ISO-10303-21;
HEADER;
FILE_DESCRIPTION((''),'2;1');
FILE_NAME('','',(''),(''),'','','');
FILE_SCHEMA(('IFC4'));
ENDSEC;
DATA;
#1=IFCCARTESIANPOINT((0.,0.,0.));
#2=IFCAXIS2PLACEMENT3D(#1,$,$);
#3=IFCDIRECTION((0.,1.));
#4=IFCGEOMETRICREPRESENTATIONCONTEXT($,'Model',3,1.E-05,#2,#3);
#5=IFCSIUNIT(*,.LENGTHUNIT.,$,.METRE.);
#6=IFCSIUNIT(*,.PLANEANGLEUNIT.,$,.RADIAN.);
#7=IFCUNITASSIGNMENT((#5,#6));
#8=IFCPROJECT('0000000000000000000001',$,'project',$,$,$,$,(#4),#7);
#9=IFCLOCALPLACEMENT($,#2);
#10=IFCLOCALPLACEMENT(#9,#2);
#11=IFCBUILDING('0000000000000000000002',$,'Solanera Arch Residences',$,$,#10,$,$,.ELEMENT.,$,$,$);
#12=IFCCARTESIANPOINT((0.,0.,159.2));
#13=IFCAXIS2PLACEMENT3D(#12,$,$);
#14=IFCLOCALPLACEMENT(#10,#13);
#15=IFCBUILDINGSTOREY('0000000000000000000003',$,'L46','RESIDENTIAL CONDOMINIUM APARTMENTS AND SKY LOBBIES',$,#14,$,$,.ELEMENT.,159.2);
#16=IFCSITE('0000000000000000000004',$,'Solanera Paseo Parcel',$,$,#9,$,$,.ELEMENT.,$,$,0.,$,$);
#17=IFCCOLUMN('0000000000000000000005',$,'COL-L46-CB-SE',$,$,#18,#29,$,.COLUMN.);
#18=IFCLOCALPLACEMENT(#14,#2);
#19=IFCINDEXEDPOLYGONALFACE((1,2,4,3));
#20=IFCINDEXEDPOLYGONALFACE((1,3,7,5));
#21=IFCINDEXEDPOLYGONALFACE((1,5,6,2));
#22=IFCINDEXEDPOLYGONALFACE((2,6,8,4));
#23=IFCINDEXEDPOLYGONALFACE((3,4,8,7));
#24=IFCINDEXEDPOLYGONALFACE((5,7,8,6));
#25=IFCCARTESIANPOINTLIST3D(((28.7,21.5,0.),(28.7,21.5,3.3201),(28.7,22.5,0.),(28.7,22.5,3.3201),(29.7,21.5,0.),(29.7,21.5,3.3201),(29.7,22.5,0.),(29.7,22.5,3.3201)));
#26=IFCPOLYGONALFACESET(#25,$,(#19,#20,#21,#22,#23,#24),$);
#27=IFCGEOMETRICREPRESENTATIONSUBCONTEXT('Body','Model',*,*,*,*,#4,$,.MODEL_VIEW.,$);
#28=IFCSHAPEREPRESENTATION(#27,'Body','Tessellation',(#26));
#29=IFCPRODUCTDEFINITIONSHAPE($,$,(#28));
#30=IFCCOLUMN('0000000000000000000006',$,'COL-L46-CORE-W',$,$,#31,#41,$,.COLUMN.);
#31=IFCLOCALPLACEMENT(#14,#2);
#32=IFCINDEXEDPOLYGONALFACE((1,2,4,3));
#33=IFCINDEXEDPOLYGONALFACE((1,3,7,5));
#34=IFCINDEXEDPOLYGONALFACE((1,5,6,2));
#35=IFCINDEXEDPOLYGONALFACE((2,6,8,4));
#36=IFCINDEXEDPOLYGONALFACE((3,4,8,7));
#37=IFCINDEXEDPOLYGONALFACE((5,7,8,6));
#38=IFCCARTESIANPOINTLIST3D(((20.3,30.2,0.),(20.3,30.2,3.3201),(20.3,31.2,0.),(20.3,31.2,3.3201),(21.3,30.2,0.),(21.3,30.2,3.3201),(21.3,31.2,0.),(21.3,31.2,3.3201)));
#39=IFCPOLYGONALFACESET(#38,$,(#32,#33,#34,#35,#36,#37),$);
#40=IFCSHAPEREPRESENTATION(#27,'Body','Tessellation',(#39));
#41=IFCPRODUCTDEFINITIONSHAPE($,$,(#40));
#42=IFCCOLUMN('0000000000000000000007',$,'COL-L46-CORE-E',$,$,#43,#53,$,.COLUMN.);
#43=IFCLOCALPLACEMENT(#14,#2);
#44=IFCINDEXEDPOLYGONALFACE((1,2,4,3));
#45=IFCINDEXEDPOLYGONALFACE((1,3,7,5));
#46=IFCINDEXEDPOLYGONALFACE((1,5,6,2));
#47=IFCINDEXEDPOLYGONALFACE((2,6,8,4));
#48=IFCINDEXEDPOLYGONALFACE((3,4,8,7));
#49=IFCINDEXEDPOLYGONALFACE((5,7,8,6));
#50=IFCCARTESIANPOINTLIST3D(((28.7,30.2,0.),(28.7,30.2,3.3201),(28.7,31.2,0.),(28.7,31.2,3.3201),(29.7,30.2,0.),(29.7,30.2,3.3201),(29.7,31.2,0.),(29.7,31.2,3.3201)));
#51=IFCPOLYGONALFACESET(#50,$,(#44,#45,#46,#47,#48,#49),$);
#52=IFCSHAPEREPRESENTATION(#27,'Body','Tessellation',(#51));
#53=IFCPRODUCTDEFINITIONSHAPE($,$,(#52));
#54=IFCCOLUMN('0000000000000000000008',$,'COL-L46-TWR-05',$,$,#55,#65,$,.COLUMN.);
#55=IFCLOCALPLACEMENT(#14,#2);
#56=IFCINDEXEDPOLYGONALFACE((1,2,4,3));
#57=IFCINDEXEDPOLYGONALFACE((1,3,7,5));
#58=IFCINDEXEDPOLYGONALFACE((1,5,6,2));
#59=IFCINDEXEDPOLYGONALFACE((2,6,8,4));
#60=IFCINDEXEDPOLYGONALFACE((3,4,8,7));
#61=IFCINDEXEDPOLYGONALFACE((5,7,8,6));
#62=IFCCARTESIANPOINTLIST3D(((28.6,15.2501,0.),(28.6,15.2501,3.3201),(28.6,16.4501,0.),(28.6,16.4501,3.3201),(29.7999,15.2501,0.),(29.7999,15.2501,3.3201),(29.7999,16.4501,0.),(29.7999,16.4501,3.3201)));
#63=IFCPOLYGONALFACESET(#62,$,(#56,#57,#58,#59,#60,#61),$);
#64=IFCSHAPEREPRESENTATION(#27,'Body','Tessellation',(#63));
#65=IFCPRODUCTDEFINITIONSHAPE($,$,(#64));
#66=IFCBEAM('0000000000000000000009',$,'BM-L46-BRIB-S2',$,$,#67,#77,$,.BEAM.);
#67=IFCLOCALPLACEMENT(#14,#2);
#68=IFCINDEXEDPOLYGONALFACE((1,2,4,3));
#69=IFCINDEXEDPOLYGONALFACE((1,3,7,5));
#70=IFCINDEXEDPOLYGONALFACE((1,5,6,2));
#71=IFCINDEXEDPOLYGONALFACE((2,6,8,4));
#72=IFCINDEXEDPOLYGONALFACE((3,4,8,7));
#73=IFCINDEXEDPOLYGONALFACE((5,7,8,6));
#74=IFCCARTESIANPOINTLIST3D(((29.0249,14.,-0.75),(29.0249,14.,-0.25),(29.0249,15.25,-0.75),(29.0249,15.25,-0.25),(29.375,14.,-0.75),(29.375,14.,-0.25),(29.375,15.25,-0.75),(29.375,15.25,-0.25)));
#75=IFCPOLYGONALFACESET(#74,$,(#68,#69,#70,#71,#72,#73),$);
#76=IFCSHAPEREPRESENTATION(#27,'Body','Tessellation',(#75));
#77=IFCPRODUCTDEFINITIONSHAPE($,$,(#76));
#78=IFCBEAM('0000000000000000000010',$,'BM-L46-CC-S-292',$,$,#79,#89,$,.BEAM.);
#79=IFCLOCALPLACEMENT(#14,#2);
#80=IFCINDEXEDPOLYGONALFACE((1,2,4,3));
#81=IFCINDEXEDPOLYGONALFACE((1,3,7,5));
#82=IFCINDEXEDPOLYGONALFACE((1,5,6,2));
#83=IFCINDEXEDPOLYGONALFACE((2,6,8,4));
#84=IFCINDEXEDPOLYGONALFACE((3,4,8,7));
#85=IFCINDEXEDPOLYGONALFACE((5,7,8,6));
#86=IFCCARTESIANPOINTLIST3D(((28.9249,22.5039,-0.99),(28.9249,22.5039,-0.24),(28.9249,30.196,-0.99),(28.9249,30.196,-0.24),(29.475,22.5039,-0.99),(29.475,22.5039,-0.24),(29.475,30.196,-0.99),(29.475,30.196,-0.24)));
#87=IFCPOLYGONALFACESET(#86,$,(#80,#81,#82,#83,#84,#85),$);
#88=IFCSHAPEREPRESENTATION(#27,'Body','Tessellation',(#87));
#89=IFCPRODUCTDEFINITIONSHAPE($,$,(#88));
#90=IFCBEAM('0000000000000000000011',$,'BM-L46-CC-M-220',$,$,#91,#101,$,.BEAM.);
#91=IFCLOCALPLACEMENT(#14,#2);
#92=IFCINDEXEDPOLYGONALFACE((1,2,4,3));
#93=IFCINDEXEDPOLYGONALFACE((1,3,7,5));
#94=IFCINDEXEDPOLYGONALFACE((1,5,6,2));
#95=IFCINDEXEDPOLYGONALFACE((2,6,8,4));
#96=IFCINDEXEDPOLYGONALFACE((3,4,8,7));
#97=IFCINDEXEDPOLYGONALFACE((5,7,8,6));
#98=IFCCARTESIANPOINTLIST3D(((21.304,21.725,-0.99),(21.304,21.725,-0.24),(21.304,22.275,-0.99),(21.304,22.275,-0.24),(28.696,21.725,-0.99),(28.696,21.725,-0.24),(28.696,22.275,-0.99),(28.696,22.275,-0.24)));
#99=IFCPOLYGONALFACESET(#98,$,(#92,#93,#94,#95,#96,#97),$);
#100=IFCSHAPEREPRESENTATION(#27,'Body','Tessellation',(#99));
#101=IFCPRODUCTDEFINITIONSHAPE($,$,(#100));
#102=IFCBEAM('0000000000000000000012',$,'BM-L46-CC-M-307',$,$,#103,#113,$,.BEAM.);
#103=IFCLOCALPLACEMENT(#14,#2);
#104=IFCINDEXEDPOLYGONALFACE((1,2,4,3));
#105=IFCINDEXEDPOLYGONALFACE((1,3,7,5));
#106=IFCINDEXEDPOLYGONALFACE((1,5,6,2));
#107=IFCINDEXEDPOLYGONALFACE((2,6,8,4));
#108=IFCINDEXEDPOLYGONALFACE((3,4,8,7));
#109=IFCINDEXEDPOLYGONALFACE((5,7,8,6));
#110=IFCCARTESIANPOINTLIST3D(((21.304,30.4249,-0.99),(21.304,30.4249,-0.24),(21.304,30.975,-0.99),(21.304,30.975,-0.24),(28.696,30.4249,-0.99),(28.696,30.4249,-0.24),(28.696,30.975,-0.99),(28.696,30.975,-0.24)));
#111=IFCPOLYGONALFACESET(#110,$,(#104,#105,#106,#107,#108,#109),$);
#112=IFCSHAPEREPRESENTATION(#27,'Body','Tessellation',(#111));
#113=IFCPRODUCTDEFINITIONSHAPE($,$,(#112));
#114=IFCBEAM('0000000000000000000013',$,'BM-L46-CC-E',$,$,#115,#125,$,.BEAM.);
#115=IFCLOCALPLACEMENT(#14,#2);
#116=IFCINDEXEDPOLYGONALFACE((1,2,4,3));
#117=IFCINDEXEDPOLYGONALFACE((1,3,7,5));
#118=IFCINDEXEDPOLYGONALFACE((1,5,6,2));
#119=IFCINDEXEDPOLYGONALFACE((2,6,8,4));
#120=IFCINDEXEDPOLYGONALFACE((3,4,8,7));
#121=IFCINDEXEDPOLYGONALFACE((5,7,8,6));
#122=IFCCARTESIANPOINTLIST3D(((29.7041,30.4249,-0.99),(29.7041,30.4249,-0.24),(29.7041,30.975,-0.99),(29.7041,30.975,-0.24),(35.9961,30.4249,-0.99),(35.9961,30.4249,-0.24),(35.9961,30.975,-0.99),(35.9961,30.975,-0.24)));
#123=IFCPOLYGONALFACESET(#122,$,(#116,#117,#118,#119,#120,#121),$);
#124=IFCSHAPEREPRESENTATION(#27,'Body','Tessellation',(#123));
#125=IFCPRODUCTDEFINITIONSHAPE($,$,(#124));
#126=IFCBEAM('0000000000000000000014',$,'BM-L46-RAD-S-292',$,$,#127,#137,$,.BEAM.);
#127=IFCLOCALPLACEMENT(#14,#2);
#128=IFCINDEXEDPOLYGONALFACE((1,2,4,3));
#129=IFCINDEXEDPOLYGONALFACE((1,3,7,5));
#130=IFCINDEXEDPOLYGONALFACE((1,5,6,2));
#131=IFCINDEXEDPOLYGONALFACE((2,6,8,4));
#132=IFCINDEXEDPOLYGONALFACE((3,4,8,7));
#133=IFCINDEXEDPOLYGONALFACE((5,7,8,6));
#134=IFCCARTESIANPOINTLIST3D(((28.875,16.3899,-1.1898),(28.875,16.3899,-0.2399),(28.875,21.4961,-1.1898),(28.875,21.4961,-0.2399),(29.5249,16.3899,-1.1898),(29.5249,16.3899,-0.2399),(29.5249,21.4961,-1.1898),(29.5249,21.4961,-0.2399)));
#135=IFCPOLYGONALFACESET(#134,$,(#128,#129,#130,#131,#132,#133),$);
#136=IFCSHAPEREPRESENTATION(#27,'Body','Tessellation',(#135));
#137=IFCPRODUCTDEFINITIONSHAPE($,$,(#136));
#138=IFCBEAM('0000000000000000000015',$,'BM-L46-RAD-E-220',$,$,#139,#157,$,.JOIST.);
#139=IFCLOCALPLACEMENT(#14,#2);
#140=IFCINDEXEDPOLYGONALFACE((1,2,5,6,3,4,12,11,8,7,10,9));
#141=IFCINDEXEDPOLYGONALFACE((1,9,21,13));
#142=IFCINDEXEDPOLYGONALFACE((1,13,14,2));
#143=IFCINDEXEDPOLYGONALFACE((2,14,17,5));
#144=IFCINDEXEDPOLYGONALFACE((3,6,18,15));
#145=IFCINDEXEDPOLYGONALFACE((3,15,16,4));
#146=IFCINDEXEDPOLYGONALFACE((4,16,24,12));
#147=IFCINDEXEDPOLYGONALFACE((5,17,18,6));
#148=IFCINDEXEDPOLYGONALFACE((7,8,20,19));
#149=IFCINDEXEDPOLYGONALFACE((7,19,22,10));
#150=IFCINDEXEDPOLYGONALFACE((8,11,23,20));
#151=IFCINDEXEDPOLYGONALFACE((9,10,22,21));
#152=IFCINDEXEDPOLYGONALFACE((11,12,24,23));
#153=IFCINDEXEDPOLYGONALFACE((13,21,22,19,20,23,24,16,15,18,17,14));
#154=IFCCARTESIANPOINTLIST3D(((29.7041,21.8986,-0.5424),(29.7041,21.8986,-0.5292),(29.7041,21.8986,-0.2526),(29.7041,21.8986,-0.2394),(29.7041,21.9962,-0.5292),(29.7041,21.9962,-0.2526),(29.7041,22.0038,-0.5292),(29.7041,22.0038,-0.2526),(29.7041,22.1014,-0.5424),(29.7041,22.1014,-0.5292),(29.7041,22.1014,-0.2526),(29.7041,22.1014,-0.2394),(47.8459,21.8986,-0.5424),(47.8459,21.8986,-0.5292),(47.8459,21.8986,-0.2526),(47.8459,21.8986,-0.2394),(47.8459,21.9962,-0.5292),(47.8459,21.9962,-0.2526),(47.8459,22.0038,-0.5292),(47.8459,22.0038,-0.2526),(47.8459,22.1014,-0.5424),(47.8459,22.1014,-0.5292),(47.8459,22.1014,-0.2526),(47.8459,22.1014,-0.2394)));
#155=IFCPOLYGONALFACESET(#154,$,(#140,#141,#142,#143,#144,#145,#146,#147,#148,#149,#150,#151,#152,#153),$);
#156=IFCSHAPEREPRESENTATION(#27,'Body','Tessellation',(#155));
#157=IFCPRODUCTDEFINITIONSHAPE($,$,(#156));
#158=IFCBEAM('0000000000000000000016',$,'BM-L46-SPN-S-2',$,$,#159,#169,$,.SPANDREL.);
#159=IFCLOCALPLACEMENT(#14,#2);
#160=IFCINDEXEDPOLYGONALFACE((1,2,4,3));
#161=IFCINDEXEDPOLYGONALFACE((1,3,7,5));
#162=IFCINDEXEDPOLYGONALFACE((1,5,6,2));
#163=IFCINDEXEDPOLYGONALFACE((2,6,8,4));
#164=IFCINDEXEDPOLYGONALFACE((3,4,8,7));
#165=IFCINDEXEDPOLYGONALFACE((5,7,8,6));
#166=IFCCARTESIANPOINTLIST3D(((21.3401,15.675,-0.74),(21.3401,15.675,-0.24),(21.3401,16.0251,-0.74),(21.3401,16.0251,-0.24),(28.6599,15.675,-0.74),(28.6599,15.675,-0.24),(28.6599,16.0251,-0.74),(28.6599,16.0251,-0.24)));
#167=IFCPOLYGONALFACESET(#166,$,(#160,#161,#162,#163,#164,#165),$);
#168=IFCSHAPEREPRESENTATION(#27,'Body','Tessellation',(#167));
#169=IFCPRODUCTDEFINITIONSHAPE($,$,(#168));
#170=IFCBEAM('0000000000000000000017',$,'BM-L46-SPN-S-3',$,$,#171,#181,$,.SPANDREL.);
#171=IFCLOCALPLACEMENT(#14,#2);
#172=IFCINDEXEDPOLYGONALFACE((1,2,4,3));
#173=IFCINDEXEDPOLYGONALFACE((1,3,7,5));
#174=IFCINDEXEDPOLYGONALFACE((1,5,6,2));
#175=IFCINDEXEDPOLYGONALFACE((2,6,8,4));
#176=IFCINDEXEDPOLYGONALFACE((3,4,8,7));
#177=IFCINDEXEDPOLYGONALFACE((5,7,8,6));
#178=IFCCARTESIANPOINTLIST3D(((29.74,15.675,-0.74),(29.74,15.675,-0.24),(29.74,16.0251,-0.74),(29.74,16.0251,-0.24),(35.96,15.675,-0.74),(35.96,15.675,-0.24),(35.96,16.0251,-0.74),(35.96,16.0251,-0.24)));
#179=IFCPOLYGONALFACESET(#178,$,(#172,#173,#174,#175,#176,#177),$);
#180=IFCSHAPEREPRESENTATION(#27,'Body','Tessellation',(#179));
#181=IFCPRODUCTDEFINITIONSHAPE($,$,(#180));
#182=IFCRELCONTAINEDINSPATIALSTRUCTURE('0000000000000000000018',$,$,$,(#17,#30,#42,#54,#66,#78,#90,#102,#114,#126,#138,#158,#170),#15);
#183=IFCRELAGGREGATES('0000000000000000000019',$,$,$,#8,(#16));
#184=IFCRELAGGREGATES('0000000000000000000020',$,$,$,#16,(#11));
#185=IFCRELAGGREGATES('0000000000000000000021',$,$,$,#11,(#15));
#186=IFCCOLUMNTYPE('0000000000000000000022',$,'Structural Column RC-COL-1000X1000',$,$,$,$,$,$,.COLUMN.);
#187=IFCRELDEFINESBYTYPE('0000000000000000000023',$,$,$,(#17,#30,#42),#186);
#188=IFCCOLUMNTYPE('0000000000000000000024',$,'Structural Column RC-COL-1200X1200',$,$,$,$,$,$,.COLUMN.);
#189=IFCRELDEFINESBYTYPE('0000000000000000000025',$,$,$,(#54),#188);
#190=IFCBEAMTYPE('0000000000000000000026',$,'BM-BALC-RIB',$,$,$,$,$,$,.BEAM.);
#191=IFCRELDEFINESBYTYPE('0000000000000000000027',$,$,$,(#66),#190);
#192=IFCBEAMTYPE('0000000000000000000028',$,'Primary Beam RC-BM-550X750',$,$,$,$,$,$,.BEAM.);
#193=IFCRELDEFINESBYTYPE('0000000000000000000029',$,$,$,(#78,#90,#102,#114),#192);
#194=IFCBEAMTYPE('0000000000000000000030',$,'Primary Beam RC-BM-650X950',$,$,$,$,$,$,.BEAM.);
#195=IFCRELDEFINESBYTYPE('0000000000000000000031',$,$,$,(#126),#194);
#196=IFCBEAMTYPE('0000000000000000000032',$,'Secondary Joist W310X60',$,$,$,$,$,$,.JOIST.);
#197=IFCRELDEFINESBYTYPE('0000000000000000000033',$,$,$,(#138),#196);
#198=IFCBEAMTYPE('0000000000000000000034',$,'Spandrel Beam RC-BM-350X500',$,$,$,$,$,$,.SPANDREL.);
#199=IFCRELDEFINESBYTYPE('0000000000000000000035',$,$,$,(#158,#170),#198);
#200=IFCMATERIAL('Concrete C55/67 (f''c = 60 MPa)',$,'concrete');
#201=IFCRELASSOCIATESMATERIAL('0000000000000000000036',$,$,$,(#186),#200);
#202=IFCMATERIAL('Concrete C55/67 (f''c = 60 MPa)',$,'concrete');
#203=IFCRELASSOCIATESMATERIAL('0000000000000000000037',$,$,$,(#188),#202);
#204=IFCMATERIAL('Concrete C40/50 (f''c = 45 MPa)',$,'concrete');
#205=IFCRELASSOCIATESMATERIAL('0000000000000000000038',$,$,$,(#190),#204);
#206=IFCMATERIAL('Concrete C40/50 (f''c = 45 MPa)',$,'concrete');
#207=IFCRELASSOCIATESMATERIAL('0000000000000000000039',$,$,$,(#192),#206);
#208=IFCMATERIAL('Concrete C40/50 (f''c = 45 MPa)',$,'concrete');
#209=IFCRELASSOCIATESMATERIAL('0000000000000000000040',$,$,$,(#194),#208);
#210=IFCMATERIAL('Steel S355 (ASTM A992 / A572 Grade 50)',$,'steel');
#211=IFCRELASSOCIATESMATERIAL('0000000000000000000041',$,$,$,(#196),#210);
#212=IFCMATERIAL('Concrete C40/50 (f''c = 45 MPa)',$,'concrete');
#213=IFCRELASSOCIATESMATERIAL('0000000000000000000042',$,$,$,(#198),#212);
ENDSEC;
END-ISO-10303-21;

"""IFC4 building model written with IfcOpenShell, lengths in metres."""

from ifc_helpers import new_model, si_unit, direction, frame, origin, origin_2d, place, context, subcontext, project, spatial, rectangle, i_section, extrude, material, material_profile, profile_set, type_object, element, save


model = new_model("IFC4")

# Units and contexts
model_context = context("Model", 3, precision=1e-05, world=origin(), true_north=direction((0.0, 1.0)))
body_context = subcontext(model_context, "Body", "Model", "MODEL_VIEW")
ifc_project = project(units=[si_unit("LENGTHUNIT", "METRE"), si_unit("PLANEANGLEUNIT", "RADIAN")], contexts=[model_context])

# Site, building, storey
site_placement = place(None, origin())
site = spatial("IfcSite", under=ifc_project, at=site_placement, Name="Solanera Paseo Parcel", CompositionType="ELEMENT", RefElevation=0.0)
building_placement = place(site_placement, origin())
building = spatial("IfcBuilding", under=site, at=building_placement, Name="Solanera Arch Residences", CompositionType="ELEMENT")
storey_placement = place(building_placement, frame((0.0, 0.0, 159.2)))
storey = spatial("IfcBuildingStorey", under=building, at=storey_placement, Name="L46", Description="RESIDENTIAL CONDOMINIUM APARTMENTS AND SKY LOBBIES", CompositionType="ELEMENT", Elevation=159.2)

# Columns
ifc_material_1 = material(Name="Concrete C55/67 (f'c = 60 MPa)", Category="concrete")
ifc_material_profile_1 = material_profile(ifc_material_1, rectangle(XDim=1.0, YDim=1.0, at=origin_2d()))
ifc_profile_set_1 = profile_set([ifc_material_profile_1], Name="Concrete C55/67 (f'c = 60 MPa)")
column_type_1 = type_object("IfcColumnType", Name="Structural Column RC-COL-1000X1000", PredefinedType="COLUMN", material=ifc_profile_set_1)
for number, where, z_axis, x_axis, name in (
    (1, (29.2, 22.0, 0.0), (0.0, 0.0, 1.0), (1.0, 0.0, 0.0), "COL-L46-CB-SE"),
    (2, (20.8, 30.7, 0.0), (0.0, 0.0, 1.0), (1.0, 0.0, 0.0), "COL-L46-CORE-W"),
    (3, (29.2, 30.7, 0.0), (0.0, 0.0, 1.0), (1.0, 0.0, 0.0), "COL-L46-CORE-E"),
):
    element("IfcColumn", number, at=place(storey_placement, frame(where, z_axis=z_axis, x_axis=x_axis)), inside=storey, type_object=column_type_1, Name=name, PredefinedType="COLUMN", context=body_context, shape_type="SweptSolid", body=[
        extrude(rectangle(XDim=1.0, YDim=1.0, at=origin_2d()), origin(), (0.0, 0.0, 1.0), 3.3201),
    ])
ifc_material_2 = material(Name="Concrete C55/67 (f'c = 60 MPa)", Category="concrete")
ifc_material_profile_2 = material_profile(ifc_material_2, rectangle(XDim=1.2, YDim=1.2, at=origin_2d()))
ifc_profile_set_2 = profile_set([ifc_material_profile_2], Name="Concrete C55/67 (f'c = 60 MPa)")
column_type_2 = type_object("IfcColumnType", Name="Structural Column RC-COL-1200X1200", PredefinedType="COLUMN", material=ifc_profile_set_2)
column_placement = place(storey_placement, frame((29.2, 15.8501, 0.0), z_axis=(0.0, 0.0, 1.0), x_axis=(1.0, 0.0, 0.0)))
element("IfcColumn", 4, at=column_placement, inside=storey, type_object=column_type_2, Name="COL-L46-TWR-05", PredefinedType="COLUMN", context=body_context, shape_type="SweptSolid", body=[
    extrude(rectangle(XDim=1.2, YDim=1.2, at=origin_2d()), origin(), (0.0, 0.0, 1.0), 3.3201),
])

# Beams
ifc_material_3 = material(Name="Concrete C40/50 (f'c = 45 MPa)", Category="concrete")
ifc_material_profile_3 = material_profile(ifc_material_3, rectangle(XDim=0.3501, YDim=0.5, at=origin_2d()))
ifc_profile_set_3 = profile_set([ifc_material_profile_3], Name="Concrete C40/50 (f'c = 45 MPa)")
beam_type_1 = type_object("IfcBeamType", Name="BM-BALC-RIB", PredefinedType="BEAM", material=ifc_profile_set_3)
beam_1_placement = place(storey_placement, frame((29.2, 14.0, -0.5), z_axis=(0.0, 1.0, 0.0), x_axis=(-1.0, 0.0, 0.0)))
element("IfcBeam", 5, at=beam_1_placement, inside=storey, type_object=beam_type_1, Name="BM-L46-BRIB-S2", PredefinedType="BEAM", context=body_context, shape_type="SweptSolid", body=[
    extrude(rectangle(XDim=0.3501, YDim=0.5, at=origin_2d()), origin(), (0.0, 0.0, 1.0), 1.25),
])
ifc_material_4 = material(Name="Concrete C40/50 (f'c = 45 MPa)", Category="concrete")
ifc_material_profile_4 = material_profile(ifc_material_4, rectangle(XDim=0.55, YDim=0.75, at=origin_2d()))
ifc_profile_set_4 = profile_set([ifc_material_profile_4], Name="Concrete C40/50 (f'c = 45 MPa)")
beam_type_2 = type_object("IfcBeamType", Name="Primary Beam RC-BM-550X750", PredefinedType="BEAM", material=ifc_profile_set_4)
beam_2_placement = place(storey_placement, frame((29.2, 22.5039, -0.615), z_axis=(0.0, 1.0, 0.0), x_axis=(-1.0, 0.0, 0.0)))
element("IfcBeam", 6, at=beam_2_placement, inside=storey, type_object=beam_type_2, Name="BM-L46-CC-S-292", PredefinedType="BEAM", context=body_context, shape_type="SweptSolid", body=[
    extrude(rectangle(XDim=0.55, YDim=0.75, at=origin_2d()), origin(), (0.0, 0.0, 1.0), 7.6921),
])
for number, where, z_axis, x_axis, name in (
    (7, (21.304, 22.0, -0.615), (1.0, 0.0, 0.0), (0.0, 1.0, 0.0), "BM-L46-CC-M-220"),
    (8, (21.304, 30.7, -0.615), (1.0, 0.0, 0.0), (0.0, 1.0, 0.0), "BM-L46-CC-M-307"),
):
    element("IfcBeam", number, at=place(storey_placement, frame(where, z_axis=z_axis, x_axis=x_axis)), inside=storey, type_object=beam_type_2, Name=name, PredefinedType="BEAM", context=body_context, shape_type="SweptSolid", body=[
        extrude(rectangle(XDim=0.55, YDim=0.75, at=origin_2d()), origin(), (0.0, 0.0, 1.0), 7.3921),
    ])
beam_3_placement = place(storey_placement, frame((29.7041, 30.7, -0.615), z_axis=(1.0, 0.0, 0.0), x_axis=(0.0, 1.0, 0.0)))
element("IfcBeam", 9, at=beam_3_placement, inside=storey, type_object=beam_type_2, Name="BM-L46-CC-E", PredefinedType="BEAM", context=body_context, shape_type="SweptSolid", body=[
    extrude(rectangle(XDim=0.55, YDim=0.75, at=origin_2d()), origin(), (0.0, 0.0, 1.0), 6.292),
])
ifc_material_5 = material(Name="Concrete C40/50 (f'c = 45 MPa)", Category="concrete")
ifc_material_profile_5 = material_profile(ifc_material_5, rectangle(XDim=0.6499, YDim=0.95, at=origin_2d()))
ifc_profile_set_5 = profile_set([ifc_material_profile_5], Name="Concrete C40/50 (f'c = 45 MPa)")
beam_type_3 = type_object("IfcBeamType", Name="Primary Beam RC-BM-650X950", PredefinedType="BEAM", material=ifc_profile_set_5)
beam_4_placement = place(storey_placement, frame((29.2, 16.3899, -0.7148), z_axis=(0.0, 1.0, 0.0), x_axis=(-1.0, 0.0, 0.0)))
element("IfcBeam", 10, at=beam_4_placement, inside=storey, type_object=beam_type_3, Name="BM-L46-RAD-S-292", PredefinedType="BEAM", context=body_context, shape_type="SweptSolid", body=[
    extrude(rectangle(XDim=0.6499, YDim=0.95, at=origin_2d()), origin(), (0.0, 0.0, 1.0), 5.1062),
])
ifc_material_6 = material(Name="Steel S355 (ASTM A992 / A572 Grade 50)", Category="steel")
ifc_material_profile_6 = material_profile(ifc_material_6, i_section(OverallWidth=0.2029, OverallDepth=0.303, WebThickness=0.0076, FlangeThickness=0.0132, at=origin_2d()))
ifc_profile_set_6 = profile_set([ifc_material_profile_6], Name="Steel S355 (ASTM A992 / A572 Grade 50)")
beam_type_4 = type_object("IfcBeamType", Name="Secondary Joist W310X60", PredefinedType="JOIST", material=ifc_profile_set_6)
beam_5_placement = place(storey_placement, frame((29.7041, 22.0, -0.3909), z_axis=(1.0, 0.0, 0.0), x_axis=(0.0, 1.0, 0.0)))
element("IfcBeam", 11, at=beam_5_placement, inside=storey, type_object=beam_type_4, Name="BM-L46-RAD-E-220", PredefinedType="JOIST", context=body_context, shape_type="SweptSolid", body=[
    extrude(i_section(OverallWidth=0.2029, OverallDepth=0.303, WebThickness=0.0076, FlangeThickness=0.0132, at=origin_2d()), origin(), (0.0, 0.0, 1.0), 18.1418),
])
ifc_material_7 = material(Name="Concrete C40/50 (f'c = 45 MPa)", Category="concrete")
ifc_material_profile_7 = material_profile(ifc_material_7, rectangle(XDim=0.3501, YDim=0.5, at=origin_2d()))
ifc_profile_set_7 = profile_set([ifc_material_profile_7], Name="Concrete C40/50 (f'c = 45 MPa)")
beam_type_5 = type_object("IfcBeamType", Name="Spandrel Beam RC-BM-350X500", PredefinedType="SPANDREL", material=ifc_profile_set_7)
beam_6_placement = place(storey_placement, frame((21.3401, 15.8501, -0.49), z_axis=(1.0, 0.0, 0.0), x_axis=(0.0, 1.0, 0.0)))
element("IfcBeam", 12, at=beam_6_placement, inside=storey, type_object=beam_type_5, Name="BM-L46-SPN-S-2", PredefinedType="SPANDREL", context=body_context, shape_type="SweptSolid", body=[
    extrude(rectangle(XDim=0.3501, YDim=0.5, at=origin_2d()), origin(), (0.0, 0.0, 1.0), 7.3198),
])
beam_7_placement = place(storey_placement, frame((29.74, 15.8501, -0.49), z_axis=(1.0, 0.0, 0.0), x_axis=(0.0, 1.0, 0.0)))
element("IfcBeam", 13, at=beam_7_placement, inside=storey, type_object=beam_type_5, Name="BM-L46-SPN-S-3", PredefinedType="SPANDREL", context=body_context, shape_type="SweptSolid", body=[
    extrude(rectangle(XDim=0.3501, YDim=0.5, at=origin_2d()), origin(), (0.0, 0.0, 1.0), 6.22),
])

save(model, "model.ifc")
